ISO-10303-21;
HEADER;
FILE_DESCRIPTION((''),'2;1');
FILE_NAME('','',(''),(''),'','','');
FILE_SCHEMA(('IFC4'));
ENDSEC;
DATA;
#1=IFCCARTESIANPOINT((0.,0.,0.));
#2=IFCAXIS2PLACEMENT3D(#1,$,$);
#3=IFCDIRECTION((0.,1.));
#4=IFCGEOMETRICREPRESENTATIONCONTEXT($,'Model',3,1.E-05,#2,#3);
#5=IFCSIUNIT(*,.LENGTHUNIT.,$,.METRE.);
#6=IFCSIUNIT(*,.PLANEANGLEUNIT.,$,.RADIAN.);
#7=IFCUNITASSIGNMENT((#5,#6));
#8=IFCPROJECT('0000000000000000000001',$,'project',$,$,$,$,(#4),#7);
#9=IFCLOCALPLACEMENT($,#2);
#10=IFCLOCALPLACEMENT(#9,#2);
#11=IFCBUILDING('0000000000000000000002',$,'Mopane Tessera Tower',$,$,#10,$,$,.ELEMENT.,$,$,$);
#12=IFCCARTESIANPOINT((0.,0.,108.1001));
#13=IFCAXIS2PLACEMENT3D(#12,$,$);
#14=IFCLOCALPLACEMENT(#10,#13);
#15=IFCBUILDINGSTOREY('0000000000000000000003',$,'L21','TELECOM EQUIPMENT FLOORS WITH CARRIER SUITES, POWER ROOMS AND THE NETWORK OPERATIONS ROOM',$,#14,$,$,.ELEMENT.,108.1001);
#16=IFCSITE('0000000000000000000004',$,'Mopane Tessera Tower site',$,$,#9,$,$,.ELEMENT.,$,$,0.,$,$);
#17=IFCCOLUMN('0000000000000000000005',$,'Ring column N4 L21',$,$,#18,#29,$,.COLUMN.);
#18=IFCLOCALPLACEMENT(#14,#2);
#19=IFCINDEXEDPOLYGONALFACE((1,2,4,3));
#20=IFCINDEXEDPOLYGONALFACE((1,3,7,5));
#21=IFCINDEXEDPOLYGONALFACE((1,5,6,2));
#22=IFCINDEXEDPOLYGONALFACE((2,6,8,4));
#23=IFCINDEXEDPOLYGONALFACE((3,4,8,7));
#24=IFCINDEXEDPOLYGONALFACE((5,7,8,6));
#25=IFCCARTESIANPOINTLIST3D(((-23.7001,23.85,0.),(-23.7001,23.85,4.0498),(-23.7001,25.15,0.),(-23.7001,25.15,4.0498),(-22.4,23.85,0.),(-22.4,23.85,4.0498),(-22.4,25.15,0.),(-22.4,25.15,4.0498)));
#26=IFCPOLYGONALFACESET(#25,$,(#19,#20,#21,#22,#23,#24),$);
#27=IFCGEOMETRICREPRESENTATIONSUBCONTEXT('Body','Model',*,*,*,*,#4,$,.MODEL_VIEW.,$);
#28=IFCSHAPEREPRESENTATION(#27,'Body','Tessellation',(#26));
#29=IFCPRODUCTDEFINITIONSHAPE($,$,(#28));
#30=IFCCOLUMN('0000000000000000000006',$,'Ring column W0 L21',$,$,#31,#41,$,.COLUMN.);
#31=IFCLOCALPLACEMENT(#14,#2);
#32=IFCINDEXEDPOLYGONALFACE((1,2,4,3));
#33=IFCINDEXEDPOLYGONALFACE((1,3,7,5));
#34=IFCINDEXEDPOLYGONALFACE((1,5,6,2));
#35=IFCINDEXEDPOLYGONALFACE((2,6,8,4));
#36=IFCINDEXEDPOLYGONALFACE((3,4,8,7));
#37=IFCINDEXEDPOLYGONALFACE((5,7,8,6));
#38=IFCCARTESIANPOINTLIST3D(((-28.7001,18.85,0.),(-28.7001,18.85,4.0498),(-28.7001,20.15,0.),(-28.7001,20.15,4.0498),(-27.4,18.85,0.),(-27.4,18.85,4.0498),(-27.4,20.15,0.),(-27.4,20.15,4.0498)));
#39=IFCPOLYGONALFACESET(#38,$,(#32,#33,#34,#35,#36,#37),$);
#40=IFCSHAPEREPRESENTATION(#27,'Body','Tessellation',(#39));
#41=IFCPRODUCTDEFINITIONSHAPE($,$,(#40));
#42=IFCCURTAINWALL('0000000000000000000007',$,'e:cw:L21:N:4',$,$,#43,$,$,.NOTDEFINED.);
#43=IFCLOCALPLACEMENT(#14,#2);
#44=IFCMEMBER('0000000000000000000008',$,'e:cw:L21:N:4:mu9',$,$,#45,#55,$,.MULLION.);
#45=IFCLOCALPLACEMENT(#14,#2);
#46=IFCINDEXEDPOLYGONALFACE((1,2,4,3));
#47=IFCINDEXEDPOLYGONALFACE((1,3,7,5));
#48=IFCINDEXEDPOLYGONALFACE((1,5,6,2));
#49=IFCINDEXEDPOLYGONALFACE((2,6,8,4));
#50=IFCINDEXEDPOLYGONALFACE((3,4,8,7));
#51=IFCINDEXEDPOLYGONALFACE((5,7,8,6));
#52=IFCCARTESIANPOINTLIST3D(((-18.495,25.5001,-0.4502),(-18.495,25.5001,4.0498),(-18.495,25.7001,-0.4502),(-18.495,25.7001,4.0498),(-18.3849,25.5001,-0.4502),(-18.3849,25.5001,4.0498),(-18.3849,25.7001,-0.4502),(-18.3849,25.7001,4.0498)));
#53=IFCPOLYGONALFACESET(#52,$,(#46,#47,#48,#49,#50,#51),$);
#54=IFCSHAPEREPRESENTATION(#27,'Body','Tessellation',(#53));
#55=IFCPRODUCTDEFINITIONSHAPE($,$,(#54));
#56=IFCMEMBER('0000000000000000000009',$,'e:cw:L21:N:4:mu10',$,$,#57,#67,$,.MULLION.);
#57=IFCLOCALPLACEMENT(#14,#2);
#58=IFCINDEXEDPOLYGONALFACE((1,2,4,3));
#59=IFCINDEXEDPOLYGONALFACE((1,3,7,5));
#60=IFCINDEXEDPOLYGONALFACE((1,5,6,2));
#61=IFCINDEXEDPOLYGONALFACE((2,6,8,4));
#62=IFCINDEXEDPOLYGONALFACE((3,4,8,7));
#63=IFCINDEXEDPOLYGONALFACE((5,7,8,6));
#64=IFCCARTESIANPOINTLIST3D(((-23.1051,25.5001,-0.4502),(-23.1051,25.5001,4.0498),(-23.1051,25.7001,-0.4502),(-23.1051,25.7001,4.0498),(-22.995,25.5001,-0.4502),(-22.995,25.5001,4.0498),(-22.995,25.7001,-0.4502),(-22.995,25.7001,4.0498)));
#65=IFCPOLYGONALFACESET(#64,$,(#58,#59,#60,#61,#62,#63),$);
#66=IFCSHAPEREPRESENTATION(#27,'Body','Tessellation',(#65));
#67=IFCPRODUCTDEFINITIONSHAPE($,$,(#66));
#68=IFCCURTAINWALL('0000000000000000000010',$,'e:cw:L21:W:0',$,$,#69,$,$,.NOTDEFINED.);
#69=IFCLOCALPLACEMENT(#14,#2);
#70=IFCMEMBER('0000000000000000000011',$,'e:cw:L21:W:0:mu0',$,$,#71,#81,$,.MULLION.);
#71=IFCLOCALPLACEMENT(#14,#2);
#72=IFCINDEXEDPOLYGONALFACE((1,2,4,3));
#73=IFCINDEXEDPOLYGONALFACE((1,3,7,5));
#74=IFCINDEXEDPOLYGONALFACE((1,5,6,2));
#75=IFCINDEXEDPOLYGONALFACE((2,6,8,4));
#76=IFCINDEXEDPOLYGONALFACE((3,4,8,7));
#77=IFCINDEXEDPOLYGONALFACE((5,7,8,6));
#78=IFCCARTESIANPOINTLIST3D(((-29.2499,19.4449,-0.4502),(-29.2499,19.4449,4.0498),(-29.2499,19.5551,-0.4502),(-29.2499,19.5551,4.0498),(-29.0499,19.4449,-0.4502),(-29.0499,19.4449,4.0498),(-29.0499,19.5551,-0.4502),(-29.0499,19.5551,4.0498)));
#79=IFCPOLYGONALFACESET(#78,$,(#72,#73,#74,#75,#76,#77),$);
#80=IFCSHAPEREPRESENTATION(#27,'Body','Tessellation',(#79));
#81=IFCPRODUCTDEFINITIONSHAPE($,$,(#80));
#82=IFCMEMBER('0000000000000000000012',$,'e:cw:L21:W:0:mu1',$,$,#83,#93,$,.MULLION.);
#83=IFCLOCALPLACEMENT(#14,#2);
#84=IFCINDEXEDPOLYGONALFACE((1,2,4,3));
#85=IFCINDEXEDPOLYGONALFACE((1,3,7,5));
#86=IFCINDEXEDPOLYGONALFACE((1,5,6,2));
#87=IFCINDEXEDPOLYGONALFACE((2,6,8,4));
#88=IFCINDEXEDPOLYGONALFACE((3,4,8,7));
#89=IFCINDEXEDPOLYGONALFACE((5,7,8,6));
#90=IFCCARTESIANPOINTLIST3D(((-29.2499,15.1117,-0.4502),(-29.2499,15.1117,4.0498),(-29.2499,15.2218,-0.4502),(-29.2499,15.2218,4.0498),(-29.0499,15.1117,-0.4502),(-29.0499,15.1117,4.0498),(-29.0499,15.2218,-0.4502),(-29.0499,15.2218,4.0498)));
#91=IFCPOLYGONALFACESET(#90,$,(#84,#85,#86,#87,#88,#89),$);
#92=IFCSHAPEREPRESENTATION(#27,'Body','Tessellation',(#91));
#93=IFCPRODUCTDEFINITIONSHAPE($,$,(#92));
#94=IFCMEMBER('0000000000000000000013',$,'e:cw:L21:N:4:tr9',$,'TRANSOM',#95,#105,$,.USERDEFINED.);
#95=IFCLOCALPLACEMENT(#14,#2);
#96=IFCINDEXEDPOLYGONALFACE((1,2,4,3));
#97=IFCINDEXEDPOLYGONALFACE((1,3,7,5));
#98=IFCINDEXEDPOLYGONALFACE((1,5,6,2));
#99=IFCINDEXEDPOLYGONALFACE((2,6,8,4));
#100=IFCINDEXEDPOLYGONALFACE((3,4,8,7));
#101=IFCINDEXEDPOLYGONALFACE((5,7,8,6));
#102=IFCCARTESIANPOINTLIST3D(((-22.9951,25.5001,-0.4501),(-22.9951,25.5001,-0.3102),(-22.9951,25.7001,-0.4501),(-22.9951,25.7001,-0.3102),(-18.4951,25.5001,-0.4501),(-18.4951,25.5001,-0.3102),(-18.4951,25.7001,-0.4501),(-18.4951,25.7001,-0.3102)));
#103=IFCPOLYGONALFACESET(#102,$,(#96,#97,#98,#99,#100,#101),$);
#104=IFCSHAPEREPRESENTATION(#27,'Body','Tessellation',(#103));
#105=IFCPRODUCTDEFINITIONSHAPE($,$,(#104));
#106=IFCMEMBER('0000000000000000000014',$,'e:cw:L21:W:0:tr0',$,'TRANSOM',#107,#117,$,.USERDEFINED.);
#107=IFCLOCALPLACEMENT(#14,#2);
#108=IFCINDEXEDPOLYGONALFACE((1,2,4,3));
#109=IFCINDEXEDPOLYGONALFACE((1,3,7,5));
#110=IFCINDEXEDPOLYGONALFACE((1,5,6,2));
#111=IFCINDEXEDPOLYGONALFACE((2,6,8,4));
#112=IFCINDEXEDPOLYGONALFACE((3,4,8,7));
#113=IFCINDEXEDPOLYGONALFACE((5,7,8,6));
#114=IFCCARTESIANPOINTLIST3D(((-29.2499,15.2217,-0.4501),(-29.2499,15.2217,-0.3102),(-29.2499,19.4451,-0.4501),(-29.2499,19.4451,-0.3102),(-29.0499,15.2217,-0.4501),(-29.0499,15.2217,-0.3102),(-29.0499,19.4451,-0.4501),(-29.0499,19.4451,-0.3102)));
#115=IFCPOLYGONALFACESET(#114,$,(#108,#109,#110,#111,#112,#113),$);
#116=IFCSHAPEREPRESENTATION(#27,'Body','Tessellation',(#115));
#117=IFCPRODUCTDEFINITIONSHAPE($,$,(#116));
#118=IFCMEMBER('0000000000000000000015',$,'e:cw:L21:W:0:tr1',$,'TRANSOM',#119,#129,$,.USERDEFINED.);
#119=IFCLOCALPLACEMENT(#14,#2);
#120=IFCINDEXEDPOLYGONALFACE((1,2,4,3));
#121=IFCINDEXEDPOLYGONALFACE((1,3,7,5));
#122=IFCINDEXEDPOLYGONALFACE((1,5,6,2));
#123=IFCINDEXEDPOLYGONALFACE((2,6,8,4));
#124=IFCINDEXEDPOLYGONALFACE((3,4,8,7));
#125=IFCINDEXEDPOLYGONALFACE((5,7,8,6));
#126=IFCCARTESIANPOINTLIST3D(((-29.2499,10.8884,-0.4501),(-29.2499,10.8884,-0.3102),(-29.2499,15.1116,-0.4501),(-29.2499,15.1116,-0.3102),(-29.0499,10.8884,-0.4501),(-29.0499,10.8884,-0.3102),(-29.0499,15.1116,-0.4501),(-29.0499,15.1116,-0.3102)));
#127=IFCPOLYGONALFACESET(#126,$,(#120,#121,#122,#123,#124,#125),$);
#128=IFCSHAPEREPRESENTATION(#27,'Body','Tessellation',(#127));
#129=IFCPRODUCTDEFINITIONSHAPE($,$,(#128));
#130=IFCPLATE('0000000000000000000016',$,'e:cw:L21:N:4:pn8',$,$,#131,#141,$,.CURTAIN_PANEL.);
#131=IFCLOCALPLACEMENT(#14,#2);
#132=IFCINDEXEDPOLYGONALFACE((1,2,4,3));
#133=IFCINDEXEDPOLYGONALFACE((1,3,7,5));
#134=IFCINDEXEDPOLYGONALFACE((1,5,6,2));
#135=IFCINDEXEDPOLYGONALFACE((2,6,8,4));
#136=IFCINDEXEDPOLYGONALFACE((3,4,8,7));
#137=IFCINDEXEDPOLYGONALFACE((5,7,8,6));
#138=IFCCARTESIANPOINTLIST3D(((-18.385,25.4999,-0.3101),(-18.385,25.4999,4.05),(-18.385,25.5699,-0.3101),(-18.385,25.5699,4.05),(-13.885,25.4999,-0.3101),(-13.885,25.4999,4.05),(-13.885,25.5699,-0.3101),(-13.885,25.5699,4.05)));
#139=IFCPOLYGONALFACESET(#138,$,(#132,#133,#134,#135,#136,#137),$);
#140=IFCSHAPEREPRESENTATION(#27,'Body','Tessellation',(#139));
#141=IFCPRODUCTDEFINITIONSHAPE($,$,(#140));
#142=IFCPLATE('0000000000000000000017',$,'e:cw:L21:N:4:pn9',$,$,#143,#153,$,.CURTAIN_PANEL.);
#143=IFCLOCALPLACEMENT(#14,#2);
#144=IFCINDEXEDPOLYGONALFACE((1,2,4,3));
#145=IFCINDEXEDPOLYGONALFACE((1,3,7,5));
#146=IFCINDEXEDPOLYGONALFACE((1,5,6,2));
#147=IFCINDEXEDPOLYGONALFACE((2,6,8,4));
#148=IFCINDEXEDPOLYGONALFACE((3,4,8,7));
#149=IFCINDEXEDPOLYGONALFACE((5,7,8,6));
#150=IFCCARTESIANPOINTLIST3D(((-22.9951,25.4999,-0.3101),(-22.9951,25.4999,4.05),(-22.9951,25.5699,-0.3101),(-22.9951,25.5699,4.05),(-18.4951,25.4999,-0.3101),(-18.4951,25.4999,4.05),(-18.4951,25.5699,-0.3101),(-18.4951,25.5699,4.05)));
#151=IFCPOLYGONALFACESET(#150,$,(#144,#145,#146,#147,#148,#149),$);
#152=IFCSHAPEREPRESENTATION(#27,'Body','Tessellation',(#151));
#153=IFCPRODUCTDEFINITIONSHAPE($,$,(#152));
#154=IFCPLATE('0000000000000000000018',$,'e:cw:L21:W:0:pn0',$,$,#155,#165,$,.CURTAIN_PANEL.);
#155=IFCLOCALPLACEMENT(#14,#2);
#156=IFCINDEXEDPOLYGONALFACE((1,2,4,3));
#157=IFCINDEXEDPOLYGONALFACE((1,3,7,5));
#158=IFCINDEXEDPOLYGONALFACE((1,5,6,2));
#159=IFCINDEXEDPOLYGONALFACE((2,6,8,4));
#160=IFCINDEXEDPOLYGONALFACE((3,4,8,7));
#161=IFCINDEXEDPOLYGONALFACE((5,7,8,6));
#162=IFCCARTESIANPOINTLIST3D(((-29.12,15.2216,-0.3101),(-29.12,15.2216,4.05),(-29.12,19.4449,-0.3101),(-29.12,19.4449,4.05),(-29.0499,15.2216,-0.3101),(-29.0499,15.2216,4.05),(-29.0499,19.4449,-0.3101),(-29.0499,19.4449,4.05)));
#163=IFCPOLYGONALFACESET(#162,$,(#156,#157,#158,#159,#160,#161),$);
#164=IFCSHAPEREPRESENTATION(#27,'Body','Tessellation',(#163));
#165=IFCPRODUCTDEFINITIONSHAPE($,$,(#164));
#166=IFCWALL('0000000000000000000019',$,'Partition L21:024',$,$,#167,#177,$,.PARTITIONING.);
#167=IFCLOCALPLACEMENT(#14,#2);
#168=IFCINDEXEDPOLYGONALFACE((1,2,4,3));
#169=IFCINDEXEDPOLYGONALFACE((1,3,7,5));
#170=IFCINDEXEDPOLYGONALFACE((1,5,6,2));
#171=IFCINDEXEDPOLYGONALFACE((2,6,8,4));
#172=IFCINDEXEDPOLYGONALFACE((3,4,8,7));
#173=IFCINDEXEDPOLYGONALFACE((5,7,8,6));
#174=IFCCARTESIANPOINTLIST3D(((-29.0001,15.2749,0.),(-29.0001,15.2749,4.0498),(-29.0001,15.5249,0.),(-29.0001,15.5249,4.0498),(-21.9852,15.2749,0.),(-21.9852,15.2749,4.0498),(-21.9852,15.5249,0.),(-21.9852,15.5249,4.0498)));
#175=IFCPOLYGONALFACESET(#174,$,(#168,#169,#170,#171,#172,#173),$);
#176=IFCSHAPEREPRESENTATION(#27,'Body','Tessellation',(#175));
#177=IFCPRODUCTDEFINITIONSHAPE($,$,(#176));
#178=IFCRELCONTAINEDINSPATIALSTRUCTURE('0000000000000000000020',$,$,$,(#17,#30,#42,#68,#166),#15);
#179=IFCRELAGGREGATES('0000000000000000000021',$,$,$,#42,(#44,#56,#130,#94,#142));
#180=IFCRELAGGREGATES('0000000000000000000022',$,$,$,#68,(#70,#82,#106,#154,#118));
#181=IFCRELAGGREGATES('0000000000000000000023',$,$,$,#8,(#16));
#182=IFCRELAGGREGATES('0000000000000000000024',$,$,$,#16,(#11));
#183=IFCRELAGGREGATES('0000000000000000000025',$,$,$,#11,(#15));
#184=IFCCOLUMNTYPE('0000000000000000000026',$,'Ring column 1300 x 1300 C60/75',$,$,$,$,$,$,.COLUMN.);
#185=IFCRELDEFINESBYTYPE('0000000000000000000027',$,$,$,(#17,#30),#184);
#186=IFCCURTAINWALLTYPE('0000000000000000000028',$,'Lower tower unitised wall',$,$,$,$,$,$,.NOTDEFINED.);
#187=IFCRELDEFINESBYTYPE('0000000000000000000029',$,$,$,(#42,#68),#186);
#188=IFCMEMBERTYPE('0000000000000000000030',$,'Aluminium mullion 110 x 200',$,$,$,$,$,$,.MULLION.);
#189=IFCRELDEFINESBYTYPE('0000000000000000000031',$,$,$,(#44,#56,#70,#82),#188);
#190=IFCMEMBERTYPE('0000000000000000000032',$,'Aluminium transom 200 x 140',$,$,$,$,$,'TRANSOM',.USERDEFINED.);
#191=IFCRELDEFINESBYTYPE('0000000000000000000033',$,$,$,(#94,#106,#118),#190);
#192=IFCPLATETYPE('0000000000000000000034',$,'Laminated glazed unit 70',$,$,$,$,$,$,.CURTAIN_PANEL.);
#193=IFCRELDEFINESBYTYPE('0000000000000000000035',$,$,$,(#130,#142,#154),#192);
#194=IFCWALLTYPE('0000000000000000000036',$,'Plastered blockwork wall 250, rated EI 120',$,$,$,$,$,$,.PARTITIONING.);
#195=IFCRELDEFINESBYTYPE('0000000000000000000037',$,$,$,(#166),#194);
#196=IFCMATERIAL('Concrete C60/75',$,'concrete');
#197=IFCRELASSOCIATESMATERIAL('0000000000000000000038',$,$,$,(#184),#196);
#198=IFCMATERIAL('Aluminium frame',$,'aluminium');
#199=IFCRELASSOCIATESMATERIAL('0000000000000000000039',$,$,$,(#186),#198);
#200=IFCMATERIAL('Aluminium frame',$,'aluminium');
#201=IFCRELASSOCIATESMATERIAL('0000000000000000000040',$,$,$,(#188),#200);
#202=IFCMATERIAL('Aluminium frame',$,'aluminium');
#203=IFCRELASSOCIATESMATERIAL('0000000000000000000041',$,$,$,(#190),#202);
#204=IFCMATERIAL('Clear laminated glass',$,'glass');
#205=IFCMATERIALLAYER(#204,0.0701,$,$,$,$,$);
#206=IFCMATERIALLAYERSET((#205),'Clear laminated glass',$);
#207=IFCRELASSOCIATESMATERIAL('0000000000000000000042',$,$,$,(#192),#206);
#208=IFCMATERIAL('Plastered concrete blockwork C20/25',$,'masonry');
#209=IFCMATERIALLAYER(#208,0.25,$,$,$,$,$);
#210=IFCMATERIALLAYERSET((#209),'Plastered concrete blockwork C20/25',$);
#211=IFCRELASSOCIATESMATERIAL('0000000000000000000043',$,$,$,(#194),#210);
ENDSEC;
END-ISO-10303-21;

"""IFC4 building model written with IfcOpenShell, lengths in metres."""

from ifc_helpers import new_model, si_unit, direction, frame, frame_2d, origin, origin_2d, place, context, subcontext, project, spatial, rectangle, extrude, material, layer, layer_set, material_profile, profile_set, type_object, element, aggregate, save


model = new_model("IFC4")

# Units and contexts
model_context = context("Model", 3, precision=1e-05, world=origin(), true_north=direction((0.0, 1.0)))
body_context = subcontext(model_context, "Body", "Model", "MODEL_VIEW")
ifc_project = project(units=[si_unit("LENGTHUNIT", "METRE"), si_unit("PLANEANGLEUNIT", "RADIAN")], contexts=[model_context])

# Site, building, storey
site_placement = place(None, origin())
site = spatial("IfcSite", under=ifc_project, at=site_placement, Name="Mopane Tessera Tower site", CompositionType="ELEMENT", RefElevation=0.0)
building_placement = place(site_placement, origin())
building = spatial("IfcBuilding", under=site, at=building_placement, Name="Mopane Tessera Tower", CompositionType="ELEMENT")
storey_placement = place(building_placement, frame((0.0, 0.0, 108.1001)))
storey = spatial("IfcBuildingStorey", under=building, at=storey_placement, Name="L21", Description="TELECOM EQUIPMENT FLOORS WITH CARRIER SUITES, POWER ROOMS AND THE NETWORK OPERATIONS ROOM", CompositionType="ELEMENT", Elevation=108.1001)

# Columns
ifc_material_1 = material(Name="Concrete C60/75", Category="concrete")
ifc_material_profile_1 = material_profile(ifc_material_1, rectangle(XDim=1.3, YDim=1.3, at=origin_2d()))
ifc_profile_set_1 = profile_set([ifc_material_profile_1], Name="Concrete C60/75")
column_type = type_object("IfcColumnType", Name="Ring column 1300 x 1300 C60/75", PredefinedType="COLUMN", material=ifc_profile_set_1)
for number, where, z_axis, x_axis, name in (
    (1, (-23.05, 24.5, 0.0), (0.0, 0.0, 1.0), (1.0, 0.0, 0.0), "Ring column N4 L21"),
    (2, (-28.05, 19.5, 0.0), (0.0, 0.0, 1.0), (1.0, 0.0, 0.0), "Ring column W0 L21"),
):
    element("IfcColumn", number, at=place(storey_placement, frame(where, z_axis=z_axis, x_axis=x_axis)), inside=storey, type_object=column_type, Name=name, PredefinedType="COLUMN", context=body_context, shape_type="SweptSolid", body=[
        extrude(rectangle(XDim=1.3, YDim=1.3, at=origin_2d()), origin(), (0.0, 0.0, 1.0), 4.0498),
    ])

# Curtain walls, members
ifc_material_2 = material(Name="Aluminium frame", Category="aluminium")
curtain_wall_type = type_object("IfcCurtainWallType", Name="Lower tower unitised wall", PredefinedType="NOTDEFINED", material=ifc_material_2)
curtain_wall_1_placement = place(storey_placement, origin())
curtain_wall_1 = element("IfcCurtainWall", 3, at=curtain_wall_1_placement, inside=storey, type_object=curtain_wall_type, Name="e:cw:L21:N:4", PredefinedType="NOTDEFINED")
ifc_material_3 = material(Name="Aluminium frame", Category="aluminium")
ifc_material_profile_2 = material_profile(ifc_material_3, rectangle(XDim=0.1101, YDim=0.2, at=origin_2d()))
ifc_profile_set_2 = profile_set([ifc_material_profile_2], Name="Aluminium frame")
member_type_1 = type_object("IfcMemberType", Name="Aluminium mullion 110 x 200", PredefinedType="MULLION", material=ifc_profile_set_2)
member_1_placement = place(storey_placement, frame((-18.4399, 25.6001, -0.4502), z_axis=(0.0, 0.0, 1.0), x_axis=(-1.0, 0.0, 0.0)))
member_1 = element("IfcMember", 4, at=member_1_placement, type_object=member_type_1, Name="e:cw:L21:N:4:mu9", PredefinedType="MULLION", context=body_context, shape_type="SweptSolid", body=[
    extrude(rectangle(XDim=0.1101, YDim=0.2, at=origin_2d()), origin(), (0.0, 0.0, 1.0), 4.5),
])
member_2_placement = place(storey_placement, frame((-23.05, 25.6001, -0.4502), z_axis=(0.0, 0.0, 1.0), x_axis=(-1.0, 0.0, 0.0)))
member_2 = element("IfcMember", 5, at=member_2_placement, type_object=member_type_1, Name="e:cw:L21:N:4:mu10", PredefinedType="MULLION", context=body_context, shape_type="SweptSolid", body=[
    extrude(rectangle(XDim=0.1101, YDim=0.2, at=origin_2d()), origin(), (0.0, 0.0, 1.0), 4.5),
])
curtain_wall_2_placement = place(storey_placement, origin())
curtain_wall_2 = element("IfcCurtainWall", 6, at=curtain_wall_2_placement, inside=storey, type_object=curtain_wall_type, Name="e:cw:L21:W:0", PredefinedType="NOTDEFINED")
member_3_placement = place(storey_placement, frame((-29.1499, 19.5, -0.4502), z_axis=(0.0, 0.0, 1.0), x_axis=(0.0, -1.0, 0.0)))
member_3 = element("IfcMember", 7, at=member_3_placement, type_object=member_type_1, Name="e:cw:L21:W:0:mu0", PredefinedType="MULLION", context=body_context, shape_type="SweptSolid", body=[
    extrude(rectangle(XDim=0.1101, YDim=0.2, at=origin_2d()), origin(), (0.0, 0.0, 1.0), 4.5),
])
member_4_placement = place(storey_placement, frame((-29.1499, 15.1667, -0.4502), z_axis=(0.0, 0.0, 1.0), x_axis=(0.0, -1.0, 0.0)))
member_4 = element("IfcMember", 8, at=member_4_placement, type_object=member_type_1, Name="e:cw:L21:W:0:mu1", PredefinedType="MULLION", context=body_context, shape_type="SweptSolid", body=[
    extrude(rectangle(XDim=0.1101, YDim=0.2, at=origin_2d()), origin(), (0.0, 0.0, 1.0), 4.5),
])

# Members
ifc_material_4 = material(Name="Aluminium frame", Category="aluminium")
ifc_material_profile_3 = material_profile(ifc_material_4, rectangle(XDim=0.2, YDim=0.1399, at=origin_2d()))
ifc_profile_set_3 = profile_set([ifc_material_profile_3], Name="Aluminium frame")
member_type_2 = type_object("IfcMemberType", Name="Aluminium transom 200 x 140", ElementType="TRANSOM", PredefinedType="USERDEFINED", material=ifc_profile_set_3)
member_5_placement = place(storey_placement, frame((-18.4951, 25.6001, -0.3801), z_axis=(-1.0, 0.0, 0.0), x_axis=(0.0, -1.0, 0.0)))
member_5 = element("IfcMember", 9, at=member_5_placement, type_object=member_type_2, Name="e:cw:L21:N:4:tr9", ObjectType="TRANSOM", PredefinedType="USERDEFINED", context=body_context, shape_type="SweptSolid", body=[
    extrude(rectangle(XDim=0.2, YDim=0.1399, at=origin_2d()), origin(), (0.0, 0.0, 1.0), 4.5),
])
member_6_placement = place(storey_placement, frame((-29.1499, 19.4451, -0.3801), z_axis=(0.0, -1.0, 0.0), x_axis=(1.0, 0.0, 0.0)))
member_6 = element("IfcMember", 10, at=member_6_placement, type_object=member_type_2, Name="e:cw:L21:W:0:tr0", ObjectType="TRANSOM", PredefinedType="USERDEFINED", context=body_context, shape_type="SweptSolid", body=[
    extrude(rectangle(XDim=0.2, YDim=0.1399, at=origin_2d()), origin(), (0.0, 0.0, 1.0), 4.2234),
])
member_7_placement = place(storey_placement, frame((-29.1499, 15.1116, -0.3801), z_axis=(0.0, -1.0, 0.0), x_axis=(1.0, 0.0, 0.0)))
member_7 = element("IfcMember", 11, at=member_7_placement, type_object=member_type_2, Name="e:cw:L21:W:0:tr1", ObjectType="TRANSOM", PredefinedType="USERDEFINED", context=body_context, shape_type="SweptSolid", body=[
    extrude(rectangle(XDim=0.2, YDim=0.1399, at=origin_2d()), origin(), (0.0, 0.0, 1.0), 4.2231),
])

# Plates
ifc_material_5 = material(Name="Clear laminated glass", Category="glass")
ifc_layer_1 = layer(ifc_material_5, 0.0701)
ifc_layer_set_1 = layer_set([ifc_layer_1], Name="Clear laminated glass")
plate_type = type_object("IfcPlateType", Name="Laminated glazed unit 70", PredefinedType="CURTAIN_PANEL", material=ifc_layer_set_1)
plate_1_placement = place(storey_placement, frame((-16.135, 25.5349, -0.3101), z_axis=(0.0, 0.0, 1.0), x_axis=(-1.0, 0.0, 0.0)))
plate_1 = element("IfcPlate", 12, at=plate_1_placement, type_object=plate_type, Name="e:cw:L21:N:4:pn8", PredefinedType="CURTAIN_PANEL", context=body_context, shape_type="SweptSolid", body=[
    extrude(rectangle(XDim=4.5, YDim=0.0701, at=origin_2d()), origin(), (0.0, 0.0, 1.0), 4.3601),
])
plate_2_placement = place(storey_placement, frame((-20.7451, 25.5349, -0.3101), z_axis=(0.0, 0.0, 1.0), x_axis=(-1.0, 0.0, 0.0)))
plate_2 = element("IfcPlate", 13, at=plate_2_placement, type_object=plate_type, Name="e:cw:L21:N:4:pn9", PredefinedType="CURTAIN_PANEL", context=body_context, shape_type="SweptSolid", body=[
    extrude(rectangle(XDim=4.5, YDim=0.0701, at=origin_2d()), origin(), (0.0, 0.0, 1.0), 4.3601),
])
aggregate(curtain_wall_1, [member_1, member_2, plate_1, member_5, plate_2])
plate_3_placement = place(storey_placement, frame((-29.085, 17.3333, -0.3101), z_axis=(0.0, 0.0, 1.0), x_axis=(0.0, -1.0, 0.0)))
plate_3 = element("IfcPlate", 14, at=plate_3_placement, type_object=plate_type, Name="e:cw:L21:W:0:pn0", PredefinedType="CURTAIN_PANEL", context=body_context, shape_type="SweptSolid", body=[
    extrude(rectangle(XDim=4.2234, YDim=0.0701, at=origin_2d()), origin(), (0.0, 0.0, 1.0), 4.3601),
])
aggregate(curtain_wall_2, [member_3, member_4, member_6, plate_3, member_7])

# Wall
ifc_material_6 = material(Name="Plastered concrete blockwork C20/25", Category="masonry")
ifc_layer_2 = layer(ifc_material_6, 0.25)
ifc_layer_set_2 = layer_set([ifc_layer_2], Name="Plastered concrete blockwork C20/25")
wall_type = type_object("IfcWallType", Name="Plastered blockwork wall 250, rated EI 120", PredefinedType="PARTITIONING", material=ifc_layer_set_2)
wall_1_placement = place(storey_placement, frame((-29.0, 15.3999, 0.0), z_axis=(0.0, 0.0, 1.0), x_axis=(1.0, 0.0, 0.0)))
element("IfcWall", 15, at=wall_1_placement, inside=storey, type_object=wall_type, Name="Partition L21:024", PredefinedType="PARTITIONING", context=body_context, shape_type="SweptSolid", body=[
    extrude(rectangle(XDim=7.0149, YDim=0.25, at=frame_2d((3.5073, 0.0))), origin(), (0.0, 0.0, 1.0), 4.0498),
])

save(model, "model.ifc")
